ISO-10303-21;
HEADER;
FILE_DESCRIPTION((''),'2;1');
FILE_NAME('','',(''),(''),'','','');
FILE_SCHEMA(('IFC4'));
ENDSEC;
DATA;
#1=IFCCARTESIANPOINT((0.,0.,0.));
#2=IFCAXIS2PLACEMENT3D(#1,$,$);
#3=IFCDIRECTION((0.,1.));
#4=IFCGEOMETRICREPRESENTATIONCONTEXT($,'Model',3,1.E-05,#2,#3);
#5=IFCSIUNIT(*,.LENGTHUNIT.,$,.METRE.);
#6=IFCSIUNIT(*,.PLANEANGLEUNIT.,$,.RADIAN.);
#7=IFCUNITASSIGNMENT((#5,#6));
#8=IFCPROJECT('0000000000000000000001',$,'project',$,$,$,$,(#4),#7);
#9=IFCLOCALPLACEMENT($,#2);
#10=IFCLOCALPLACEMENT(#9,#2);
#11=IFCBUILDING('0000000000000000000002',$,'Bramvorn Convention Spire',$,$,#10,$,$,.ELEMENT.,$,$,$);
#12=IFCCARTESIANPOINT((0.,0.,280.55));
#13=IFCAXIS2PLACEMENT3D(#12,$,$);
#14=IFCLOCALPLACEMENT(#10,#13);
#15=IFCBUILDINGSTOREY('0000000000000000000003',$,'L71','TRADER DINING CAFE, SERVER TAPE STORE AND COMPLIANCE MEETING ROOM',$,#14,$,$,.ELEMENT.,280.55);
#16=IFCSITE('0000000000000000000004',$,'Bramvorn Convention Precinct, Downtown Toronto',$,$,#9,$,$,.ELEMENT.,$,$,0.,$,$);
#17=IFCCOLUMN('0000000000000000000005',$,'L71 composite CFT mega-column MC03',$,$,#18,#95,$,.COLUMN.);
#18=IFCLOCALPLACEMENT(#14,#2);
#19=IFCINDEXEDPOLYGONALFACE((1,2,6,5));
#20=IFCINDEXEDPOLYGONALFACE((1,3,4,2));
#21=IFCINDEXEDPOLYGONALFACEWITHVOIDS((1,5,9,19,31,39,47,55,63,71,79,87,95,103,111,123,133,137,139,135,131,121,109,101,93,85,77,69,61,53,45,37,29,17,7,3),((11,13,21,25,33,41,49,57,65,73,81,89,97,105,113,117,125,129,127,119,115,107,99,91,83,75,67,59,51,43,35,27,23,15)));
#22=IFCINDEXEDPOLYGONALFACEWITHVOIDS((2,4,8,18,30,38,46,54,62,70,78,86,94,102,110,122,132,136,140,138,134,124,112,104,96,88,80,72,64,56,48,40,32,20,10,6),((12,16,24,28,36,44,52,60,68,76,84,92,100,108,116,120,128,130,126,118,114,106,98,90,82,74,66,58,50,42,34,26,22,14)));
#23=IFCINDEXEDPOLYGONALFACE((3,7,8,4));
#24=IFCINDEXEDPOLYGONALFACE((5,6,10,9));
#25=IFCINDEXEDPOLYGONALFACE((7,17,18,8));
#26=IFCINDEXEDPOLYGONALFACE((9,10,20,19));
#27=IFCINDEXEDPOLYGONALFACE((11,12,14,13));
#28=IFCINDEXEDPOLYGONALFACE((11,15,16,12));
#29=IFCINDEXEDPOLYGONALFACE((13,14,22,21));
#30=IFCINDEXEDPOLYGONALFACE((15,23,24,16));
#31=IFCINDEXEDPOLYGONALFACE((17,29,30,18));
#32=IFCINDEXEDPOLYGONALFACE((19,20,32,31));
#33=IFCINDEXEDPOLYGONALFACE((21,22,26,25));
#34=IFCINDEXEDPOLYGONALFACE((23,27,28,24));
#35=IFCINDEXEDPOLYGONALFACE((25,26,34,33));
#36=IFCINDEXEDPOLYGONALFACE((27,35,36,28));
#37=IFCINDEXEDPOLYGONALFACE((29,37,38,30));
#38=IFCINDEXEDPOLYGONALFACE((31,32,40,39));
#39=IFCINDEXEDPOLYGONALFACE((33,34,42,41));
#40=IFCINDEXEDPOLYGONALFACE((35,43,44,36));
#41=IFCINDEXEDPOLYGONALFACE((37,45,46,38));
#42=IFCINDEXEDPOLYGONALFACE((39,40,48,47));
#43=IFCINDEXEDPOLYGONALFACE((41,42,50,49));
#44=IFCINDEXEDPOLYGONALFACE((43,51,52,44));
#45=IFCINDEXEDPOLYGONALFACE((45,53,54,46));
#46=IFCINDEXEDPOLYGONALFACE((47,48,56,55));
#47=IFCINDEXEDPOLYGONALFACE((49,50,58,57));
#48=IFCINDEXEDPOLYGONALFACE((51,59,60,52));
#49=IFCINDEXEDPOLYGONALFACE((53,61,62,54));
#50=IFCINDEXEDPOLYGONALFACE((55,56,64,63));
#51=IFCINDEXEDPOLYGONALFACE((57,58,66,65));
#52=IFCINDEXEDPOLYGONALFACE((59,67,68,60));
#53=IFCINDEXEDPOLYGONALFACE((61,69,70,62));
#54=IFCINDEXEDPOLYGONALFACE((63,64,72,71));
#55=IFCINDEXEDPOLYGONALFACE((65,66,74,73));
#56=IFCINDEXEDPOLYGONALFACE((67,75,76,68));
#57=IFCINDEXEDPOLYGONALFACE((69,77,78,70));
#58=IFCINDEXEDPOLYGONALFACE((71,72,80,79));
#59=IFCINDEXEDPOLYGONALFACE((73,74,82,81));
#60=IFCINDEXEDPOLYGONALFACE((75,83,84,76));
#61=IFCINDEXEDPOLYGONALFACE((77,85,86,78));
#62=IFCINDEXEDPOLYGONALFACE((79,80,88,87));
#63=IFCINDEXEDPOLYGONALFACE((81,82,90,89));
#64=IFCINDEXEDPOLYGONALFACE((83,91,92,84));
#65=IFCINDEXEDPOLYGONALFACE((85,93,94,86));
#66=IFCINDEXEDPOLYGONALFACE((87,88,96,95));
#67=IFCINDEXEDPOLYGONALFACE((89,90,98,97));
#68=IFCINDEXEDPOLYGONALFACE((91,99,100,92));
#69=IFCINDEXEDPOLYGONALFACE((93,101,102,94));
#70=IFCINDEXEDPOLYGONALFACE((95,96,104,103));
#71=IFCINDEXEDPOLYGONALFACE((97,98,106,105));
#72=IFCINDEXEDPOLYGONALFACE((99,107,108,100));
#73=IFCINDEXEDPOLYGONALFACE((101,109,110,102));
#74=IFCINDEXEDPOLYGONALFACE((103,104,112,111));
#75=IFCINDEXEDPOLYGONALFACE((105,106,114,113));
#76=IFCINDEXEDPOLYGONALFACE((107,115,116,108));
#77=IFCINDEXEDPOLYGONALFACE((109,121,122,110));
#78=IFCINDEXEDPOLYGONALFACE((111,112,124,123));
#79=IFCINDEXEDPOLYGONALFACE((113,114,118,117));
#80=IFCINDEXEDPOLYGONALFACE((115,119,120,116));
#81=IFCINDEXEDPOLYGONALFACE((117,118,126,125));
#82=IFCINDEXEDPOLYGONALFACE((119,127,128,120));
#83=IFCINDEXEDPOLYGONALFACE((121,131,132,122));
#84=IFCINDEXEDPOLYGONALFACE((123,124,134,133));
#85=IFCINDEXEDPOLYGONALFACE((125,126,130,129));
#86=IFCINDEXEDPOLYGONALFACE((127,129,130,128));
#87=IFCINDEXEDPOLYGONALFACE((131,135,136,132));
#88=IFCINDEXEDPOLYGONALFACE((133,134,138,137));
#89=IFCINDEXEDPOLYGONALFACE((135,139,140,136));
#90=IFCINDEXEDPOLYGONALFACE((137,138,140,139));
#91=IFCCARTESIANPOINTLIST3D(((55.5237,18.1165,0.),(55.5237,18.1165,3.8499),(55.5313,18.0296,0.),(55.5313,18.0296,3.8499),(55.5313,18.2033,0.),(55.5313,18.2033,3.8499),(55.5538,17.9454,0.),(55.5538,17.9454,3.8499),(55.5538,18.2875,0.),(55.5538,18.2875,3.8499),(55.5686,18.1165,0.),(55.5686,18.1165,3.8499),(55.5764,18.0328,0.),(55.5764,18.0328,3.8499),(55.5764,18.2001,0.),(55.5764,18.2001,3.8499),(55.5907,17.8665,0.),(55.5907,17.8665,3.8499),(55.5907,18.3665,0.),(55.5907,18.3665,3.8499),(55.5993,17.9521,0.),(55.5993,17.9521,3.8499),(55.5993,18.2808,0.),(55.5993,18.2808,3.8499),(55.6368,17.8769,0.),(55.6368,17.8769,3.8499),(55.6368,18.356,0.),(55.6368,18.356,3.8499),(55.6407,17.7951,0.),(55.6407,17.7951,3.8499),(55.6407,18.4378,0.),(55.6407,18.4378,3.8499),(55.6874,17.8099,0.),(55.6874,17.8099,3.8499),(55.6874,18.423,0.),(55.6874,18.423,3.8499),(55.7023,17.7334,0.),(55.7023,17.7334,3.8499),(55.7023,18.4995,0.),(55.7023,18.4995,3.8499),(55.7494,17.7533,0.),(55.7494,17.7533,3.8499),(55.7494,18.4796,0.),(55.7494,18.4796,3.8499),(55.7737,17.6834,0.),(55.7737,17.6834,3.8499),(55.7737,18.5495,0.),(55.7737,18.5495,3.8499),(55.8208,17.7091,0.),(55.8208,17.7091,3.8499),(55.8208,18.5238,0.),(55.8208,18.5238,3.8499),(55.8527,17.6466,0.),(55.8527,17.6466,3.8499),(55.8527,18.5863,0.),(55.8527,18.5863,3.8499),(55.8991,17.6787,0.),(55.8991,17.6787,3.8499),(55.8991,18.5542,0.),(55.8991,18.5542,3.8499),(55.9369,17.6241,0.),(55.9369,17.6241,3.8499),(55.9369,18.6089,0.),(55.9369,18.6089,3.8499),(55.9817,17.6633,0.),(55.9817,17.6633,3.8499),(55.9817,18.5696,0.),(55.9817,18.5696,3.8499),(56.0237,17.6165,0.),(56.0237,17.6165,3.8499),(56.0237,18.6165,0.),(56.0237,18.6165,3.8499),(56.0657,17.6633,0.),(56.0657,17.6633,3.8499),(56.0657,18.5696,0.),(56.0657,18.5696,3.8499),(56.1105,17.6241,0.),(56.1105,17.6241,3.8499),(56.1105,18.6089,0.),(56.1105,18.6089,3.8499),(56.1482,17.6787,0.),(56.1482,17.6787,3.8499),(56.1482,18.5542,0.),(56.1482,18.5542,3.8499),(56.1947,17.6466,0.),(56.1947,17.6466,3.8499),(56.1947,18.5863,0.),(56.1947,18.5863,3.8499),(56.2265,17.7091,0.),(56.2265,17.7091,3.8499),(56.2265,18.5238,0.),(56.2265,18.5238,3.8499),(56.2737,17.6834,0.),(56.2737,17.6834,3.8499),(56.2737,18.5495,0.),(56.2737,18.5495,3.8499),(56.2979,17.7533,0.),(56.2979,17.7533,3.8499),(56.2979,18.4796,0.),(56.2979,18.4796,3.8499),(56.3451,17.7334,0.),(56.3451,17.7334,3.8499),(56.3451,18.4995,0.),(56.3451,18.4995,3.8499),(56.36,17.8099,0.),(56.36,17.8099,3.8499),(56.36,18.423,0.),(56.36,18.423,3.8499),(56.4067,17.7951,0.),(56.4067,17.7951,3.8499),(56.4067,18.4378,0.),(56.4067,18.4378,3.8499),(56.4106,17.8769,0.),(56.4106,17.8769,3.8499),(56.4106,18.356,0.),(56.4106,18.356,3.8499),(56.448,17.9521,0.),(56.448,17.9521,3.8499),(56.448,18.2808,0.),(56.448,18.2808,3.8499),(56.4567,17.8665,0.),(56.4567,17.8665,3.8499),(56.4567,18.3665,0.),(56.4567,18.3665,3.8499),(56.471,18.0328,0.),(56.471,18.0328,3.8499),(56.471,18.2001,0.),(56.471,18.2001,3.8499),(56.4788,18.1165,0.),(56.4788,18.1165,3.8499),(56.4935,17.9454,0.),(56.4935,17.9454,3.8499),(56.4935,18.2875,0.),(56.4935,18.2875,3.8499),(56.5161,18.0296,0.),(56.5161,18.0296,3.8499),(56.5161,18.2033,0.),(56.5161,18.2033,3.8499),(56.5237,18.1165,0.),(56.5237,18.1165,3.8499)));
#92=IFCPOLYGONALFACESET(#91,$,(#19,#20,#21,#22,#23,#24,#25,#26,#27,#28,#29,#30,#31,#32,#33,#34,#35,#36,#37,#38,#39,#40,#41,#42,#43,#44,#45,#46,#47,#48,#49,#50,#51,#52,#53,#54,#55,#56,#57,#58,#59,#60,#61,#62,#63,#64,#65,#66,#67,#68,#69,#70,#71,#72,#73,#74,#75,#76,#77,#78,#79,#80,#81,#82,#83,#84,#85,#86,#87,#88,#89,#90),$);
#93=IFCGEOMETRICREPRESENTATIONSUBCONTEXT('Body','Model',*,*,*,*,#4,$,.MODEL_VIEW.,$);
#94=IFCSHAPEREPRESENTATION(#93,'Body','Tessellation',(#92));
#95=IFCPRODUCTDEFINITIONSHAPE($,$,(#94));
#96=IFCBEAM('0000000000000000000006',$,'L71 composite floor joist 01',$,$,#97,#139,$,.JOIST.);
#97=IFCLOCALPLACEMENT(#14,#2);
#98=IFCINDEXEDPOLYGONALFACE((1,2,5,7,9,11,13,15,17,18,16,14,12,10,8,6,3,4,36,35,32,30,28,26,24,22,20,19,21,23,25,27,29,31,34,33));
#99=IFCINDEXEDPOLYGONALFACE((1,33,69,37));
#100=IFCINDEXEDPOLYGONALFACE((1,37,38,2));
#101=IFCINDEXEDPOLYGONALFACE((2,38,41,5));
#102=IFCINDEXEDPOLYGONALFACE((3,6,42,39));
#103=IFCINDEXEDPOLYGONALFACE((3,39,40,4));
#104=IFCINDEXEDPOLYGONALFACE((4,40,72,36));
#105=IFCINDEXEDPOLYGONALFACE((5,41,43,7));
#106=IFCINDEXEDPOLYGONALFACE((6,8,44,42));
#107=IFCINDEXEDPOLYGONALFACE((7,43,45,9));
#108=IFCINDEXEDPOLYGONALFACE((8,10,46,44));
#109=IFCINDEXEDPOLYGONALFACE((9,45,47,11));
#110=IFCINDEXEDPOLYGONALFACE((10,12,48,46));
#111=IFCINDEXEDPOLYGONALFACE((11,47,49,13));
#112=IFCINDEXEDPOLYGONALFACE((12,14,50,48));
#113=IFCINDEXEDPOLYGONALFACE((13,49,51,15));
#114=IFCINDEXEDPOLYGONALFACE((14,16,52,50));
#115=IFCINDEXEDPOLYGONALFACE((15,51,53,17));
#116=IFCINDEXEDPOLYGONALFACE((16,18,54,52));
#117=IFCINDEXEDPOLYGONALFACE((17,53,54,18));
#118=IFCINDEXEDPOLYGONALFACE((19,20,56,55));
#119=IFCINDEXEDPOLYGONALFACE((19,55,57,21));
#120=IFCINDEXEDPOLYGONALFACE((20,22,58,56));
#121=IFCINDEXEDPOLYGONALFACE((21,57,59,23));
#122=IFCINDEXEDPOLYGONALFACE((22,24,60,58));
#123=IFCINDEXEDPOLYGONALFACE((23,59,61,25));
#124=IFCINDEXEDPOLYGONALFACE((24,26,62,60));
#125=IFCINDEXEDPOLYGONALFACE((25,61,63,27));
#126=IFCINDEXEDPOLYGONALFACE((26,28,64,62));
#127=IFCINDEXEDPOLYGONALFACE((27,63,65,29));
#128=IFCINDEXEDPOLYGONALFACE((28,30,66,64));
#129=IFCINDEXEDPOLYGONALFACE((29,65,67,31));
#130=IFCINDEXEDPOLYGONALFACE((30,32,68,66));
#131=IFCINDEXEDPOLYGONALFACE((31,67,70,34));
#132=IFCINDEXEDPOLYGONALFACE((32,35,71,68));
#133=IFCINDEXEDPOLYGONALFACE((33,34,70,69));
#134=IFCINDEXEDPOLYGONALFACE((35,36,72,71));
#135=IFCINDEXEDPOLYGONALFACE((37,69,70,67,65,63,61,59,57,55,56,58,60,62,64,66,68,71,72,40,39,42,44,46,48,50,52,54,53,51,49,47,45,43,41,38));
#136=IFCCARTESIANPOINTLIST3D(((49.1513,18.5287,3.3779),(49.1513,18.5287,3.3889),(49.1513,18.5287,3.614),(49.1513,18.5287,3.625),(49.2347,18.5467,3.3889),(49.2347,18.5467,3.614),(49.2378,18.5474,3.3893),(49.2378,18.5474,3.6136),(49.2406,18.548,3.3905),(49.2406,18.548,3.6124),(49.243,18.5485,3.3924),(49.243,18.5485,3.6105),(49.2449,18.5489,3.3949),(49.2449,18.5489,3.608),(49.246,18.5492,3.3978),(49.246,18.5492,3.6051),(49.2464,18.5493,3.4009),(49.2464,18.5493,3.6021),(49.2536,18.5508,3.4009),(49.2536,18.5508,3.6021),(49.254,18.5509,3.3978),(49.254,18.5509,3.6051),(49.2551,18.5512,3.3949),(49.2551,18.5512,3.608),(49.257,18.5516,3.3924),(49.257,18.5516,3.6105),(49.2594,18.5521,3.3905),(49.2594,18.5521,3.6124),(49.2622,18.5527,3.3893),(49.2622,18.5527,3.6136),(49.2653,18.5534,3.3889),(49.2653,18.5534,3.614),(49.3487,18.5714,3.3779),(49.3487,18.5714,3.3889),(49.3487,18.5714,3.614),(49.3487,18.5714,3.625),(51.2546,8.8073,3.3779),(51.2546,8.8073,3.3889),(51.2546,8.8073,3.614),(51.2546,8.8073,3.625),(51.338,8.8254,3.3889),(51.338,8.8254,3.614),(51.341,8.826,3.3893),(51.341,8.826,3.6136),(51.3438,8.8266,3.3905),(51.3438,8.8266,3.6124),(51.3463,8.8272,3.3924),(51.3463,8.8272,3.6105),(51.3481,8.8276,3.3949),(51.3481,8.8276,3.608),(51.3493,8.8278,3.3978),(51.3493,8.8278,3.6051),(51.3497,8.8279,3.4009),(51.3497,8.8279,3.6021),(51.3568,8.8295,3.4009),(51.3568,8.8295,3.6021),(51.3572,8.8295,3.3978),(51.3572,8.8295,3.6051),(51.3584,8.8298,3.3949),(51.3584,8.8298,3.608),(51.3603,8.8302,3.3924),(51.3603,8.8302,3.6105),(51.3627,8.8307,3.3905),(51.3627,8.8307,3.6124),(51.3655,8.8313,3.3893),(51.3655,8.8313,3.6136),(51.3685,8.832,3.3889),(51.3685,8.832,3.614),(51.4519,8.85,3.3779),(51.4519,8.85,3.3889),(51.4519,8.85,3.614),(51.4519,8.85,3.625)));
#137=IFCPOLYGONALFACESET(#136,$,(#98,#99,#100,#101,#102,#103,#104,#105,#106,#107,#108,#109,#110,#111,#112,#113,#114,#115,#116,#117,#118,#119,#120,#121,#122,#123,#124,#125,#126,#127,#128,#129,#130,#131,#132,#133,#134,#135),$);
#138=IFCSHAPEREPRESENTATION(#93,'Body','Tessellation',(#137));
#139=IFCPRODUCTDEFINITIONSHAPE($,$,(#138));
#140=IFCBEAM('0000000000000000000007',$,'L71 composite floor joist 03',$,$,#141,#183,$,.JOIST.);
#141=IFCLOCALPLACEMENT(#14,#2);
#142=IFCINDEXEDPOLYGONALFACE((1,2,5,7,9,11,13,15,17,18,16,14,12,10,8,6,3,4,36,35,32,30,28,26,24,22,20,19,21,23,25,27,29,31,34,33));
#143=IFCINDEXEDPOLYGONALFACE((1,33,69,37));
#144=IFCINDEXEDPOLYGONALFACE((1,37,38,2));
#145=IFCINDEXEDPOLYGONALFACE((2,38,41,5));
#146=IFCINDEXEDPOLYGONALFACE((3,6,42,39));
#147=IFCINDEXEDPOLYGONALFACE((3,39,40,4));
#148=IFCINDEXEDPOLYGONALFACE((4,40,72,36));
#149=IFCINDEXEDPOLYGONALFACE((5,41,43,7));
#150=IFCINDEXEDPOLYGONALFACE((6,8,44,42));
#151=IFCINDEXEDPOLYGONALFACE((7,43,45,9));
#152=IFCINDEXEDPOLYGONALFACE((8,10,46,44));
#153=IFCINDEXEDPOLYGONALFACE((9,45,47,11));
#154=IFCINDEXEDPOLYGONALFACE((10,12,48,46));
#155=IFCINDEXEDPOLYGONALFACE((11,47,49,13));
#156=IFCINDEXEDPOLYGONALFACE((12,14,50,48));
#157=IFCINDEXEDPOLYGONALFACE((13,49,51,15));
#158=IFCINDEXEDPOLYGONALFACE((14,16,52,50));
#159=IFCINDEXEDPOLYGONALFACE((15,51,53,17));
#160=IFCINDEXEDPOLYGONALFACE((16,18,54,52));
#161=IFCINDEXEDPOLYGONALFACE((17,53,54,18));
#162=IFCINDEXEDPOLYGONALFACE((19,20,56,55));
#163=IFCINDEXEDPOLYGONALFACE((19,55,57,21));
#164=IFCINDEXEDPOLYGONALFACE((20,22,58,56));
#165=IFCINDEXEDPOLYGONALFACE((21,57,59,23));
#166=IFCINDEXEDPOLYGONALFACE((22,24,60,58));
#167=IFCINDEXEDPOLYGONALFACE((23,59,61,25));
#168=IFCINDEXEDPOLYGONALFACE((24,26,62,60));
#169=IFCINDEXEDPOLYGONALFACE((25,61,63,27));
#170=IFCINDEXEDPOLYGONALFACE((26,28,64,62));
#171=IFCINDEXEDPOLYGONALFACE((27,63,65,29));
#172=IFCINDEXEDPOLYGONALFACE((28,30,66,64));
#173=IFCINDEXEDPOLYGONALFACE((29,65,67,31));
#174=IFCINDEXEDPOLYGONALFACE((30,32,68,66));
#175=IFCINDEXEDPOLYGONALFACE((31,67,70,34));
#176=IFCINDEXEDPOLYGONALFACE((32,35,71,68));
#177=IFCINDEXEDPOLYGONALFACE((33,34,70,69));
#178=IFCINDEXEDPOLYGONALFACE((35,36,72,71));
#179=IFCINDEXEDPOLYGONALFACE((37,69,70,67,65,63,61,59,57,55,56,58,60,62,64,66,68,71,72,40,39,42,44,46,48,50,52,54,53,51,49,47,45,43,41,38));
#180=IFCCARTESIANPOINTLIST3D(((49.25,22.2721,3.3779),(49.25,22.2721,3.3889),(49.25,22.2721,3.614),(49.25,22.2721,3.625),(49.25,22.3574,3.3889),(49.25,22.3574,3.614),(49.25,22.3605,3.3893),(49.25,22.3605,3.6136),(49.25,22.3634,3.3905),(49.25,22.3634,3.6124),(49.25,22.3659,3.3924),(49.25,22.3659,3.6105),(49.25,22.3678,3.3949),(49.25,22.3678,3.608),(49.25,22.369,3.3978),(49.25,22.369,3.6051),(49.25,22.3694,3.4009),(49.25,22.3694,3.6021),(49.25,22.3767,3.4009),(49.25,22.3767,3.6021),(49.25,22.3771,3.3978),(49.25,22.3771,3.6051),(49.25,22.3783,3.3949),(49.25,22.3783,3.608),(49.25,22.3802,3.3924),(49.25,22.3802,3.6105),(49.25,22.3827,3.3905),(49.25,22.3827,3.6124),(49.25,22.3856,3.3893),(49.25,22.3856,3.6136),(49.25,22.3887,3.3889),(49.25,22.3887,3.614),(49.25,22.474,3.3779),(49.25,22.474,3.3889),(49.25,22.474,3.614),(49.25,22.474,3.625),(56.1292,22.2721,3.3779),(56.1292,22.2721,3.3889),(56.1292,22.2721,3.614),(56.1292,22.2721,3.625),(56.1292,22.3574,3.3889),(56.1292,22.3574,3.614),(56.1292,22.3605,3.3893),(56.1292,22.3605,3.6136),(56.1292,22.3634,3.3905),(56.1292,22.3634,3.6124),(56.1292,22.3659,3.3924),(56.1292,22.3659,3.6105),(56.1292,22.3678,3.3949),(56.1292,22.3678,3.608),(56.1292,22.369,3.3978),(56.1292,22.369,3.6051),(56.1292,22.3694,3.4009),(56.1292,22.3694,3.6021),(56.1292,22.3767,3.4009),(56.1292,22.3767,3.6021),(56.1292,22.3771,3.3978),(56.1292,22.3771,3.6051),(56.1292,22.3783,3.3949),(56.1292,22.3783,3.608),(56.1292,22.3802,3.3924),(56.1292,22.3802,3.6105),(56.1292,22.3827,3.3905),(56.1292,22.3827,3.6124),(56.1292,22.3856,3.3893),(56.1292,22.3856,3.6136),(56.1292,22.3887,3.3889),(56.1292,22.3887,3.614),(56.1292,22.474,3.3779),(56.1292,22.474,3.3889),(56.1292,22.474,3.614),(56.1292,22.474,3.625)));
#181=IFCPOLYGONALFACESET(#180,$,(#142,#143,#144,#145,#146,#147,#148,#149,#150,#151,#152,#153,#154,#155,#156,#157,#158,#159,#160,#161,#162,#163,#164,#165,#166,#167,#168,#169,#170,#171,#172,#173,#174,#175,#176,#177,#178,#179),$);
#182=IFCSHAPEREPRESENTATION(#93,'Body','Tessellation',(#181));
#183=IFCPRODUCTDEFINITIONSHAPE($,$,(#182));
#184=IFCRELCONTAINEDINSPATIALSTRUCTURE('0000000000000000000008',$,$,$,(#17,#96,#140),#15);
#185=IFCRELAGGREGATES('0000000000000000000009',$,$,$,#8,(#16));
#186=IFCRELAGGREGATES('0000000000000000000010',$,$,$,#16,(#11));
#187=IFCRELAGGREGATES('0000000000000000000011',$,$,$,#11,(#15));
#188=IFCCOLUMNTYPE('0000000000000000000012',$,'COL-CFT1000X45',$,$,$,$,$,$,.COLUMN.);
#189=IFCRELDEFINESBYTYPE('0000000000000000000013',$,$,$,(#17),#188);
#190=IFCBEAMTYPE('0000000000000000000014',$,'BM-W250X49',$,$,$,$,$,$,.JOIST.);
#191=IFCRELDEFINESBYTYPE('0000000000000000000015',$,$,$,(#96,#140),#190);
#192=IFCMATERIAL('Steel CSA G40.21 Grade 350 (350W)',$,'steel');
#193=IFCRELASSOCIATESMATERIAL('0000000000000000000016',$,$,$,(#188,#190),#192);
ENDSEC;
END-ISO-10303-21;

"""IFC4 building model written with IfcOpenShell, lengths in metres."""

from ifc_helpers import new_model, si_unit, direction, frame, origin, origin_2d, place, context, subcontext, project, spatial, hollow_circle, i_section, extrude, material, material_profile, profile_set, type_object, element, save


model = new_model("IFC4")

# Units and contexts
model_context = context("Model", 3, precision=1e-05, world=origin(), true_north=direction((0.0, 1.0)))
body_context = subcontext(model_context, "Body", "Model", "MODEL_VIEW")
ifc_project = project(units=[si_unit("LENGTHUNIT", "METRE"), si_unit("PLANEANGLEUNIT", "RADIAN")], contexts=[model_context])

# Site, building, storey
site_placement = place(None, origin())
site = spatial("IfcSite", under=ifc_project, at=site_placement, Name="Bramvorn Convention Precinct, Downtown Toronto", CompositionType="ELEMENT", RefElevation=0.0)
building_placement = place(site_placement, origin())
building = spatial("IfcBuilding", under=site, at=building_placement, Name="Bramvorn Convention Spire", CompositionType="ELEMENT")
storey_placement = place(building_placement, frame((0.0, 0.0, 280.55)))
storey = spatial("IfcBuildingStorey", under=building, at=storey_placement, Name="L71", Description="TRADER DINING CAFE, SERVER TAPE STORE AND COMPLIANCE MEETING ROOM", CompositionType="ELEMENT", Elevation=280.55)

# Column
ifc_material_1 = material(Name="Steel CSA G40.21 Grade 350 (350W)", Category="steel")
ifc_material_profile_1 = material_profile(ifc_material_1, hollow_circle(Radius=0.5, WallThickness=0.0449, at=origin_2d()))
ifc_profile_set_1 = profile_set([ifc_material_profile_1], Name="Steel CSA G40.21 Grade 350 (350W) - CFT1000X45")
column_type = type_object("IfcColumnType", Name="COL-CFT1000X45", PredefinedType="COLUMN", material=ifc_profile_set_1)
column_placement = place(storey_placement, frame((56.0237, 18.1165, 0.0), z_axis=(0.0, 0.0, 1.0), x_axis=(1.0, 0.0, 0.0)))
element("IfcColumn", 1, at=column_placement, inside=storey, type_object=column_type, Name="L71 composite CFT mega-column MC03", PredefinedType="COLUMN", context=body_context, shape_type="SweptSolid", body=[
    extrude(hollow_circle(Radius=0.5, WallThickness=0.0449, at=origin_2d()), origin(), (0.0, 0.0, 1.0), 3.8499),
])

# Beams
ifc_material_profile_2 = material_profile(ifc_material_1, i_section(OverallWidth=0.2019, OverallDepth=0.2471, WebThickness=0.0073, FlangeThickness=0.011, FilletRadius=0.012, at=origin_2d()))
ifc_profile_set_2 = profile_set([ifc_material_profile_2], Name="Steel CSA G40.21 Grade 350 (350W) - W250X49")
beam_type_1 = type_object("IfcBeamType", Name="BM-W250X49", PredefinedType="JOIST", material=ifc_profile_set_2)
beam_1_placement = place(storey_placement, frame((49.25, 18.55, 3.5015), z_axis=(0.211461, -0.977386, 0.0), x_axis=(0.977386, 0.211461, 0.0)))
element("IfcBeam", 2, at=beam_1_placement, inside=storey, type_object=beam_type_1, Name="L71 composite floor joist 01", PredefinedType="JOIST", context=body_context, shape_type="SweptSolid", body=[
    extrude(i_section(OverallWidth=0.2019, OverallDepth=0.2471, WebThickness=0.0073, FlangeThickness=0.011, FilletRadius=0.012, at=origin_2d()), origin(), (0.0, 0.0, 1.0), 9.9463),
])
beam_2_placement = place(storey_placement, frame((49.25, 22.373, 3.5015), z_axis=(1.0, 0.0, 0.0), x_axis=(0.0, 1.0, 0.0)))
element("IfcBeam", 3, at=beam_2_placement, inside=storey, type_object=beam_type_1, Name="L71 composite floor joist 03", PredefinedType="JOIST", context=body_context, shape_type="SweptSolid", body=[
    extrude(i_section(OverallWidth=0.2019, OverallDepth=0.2471, WebThickness=0.0073, FlangeThickness=0.011, FilletRadius=0.012, at=origin_2d()), origin(), (0.0, 0.0, 1.0), 6.8792),
])

save(model, "model.ifc")
